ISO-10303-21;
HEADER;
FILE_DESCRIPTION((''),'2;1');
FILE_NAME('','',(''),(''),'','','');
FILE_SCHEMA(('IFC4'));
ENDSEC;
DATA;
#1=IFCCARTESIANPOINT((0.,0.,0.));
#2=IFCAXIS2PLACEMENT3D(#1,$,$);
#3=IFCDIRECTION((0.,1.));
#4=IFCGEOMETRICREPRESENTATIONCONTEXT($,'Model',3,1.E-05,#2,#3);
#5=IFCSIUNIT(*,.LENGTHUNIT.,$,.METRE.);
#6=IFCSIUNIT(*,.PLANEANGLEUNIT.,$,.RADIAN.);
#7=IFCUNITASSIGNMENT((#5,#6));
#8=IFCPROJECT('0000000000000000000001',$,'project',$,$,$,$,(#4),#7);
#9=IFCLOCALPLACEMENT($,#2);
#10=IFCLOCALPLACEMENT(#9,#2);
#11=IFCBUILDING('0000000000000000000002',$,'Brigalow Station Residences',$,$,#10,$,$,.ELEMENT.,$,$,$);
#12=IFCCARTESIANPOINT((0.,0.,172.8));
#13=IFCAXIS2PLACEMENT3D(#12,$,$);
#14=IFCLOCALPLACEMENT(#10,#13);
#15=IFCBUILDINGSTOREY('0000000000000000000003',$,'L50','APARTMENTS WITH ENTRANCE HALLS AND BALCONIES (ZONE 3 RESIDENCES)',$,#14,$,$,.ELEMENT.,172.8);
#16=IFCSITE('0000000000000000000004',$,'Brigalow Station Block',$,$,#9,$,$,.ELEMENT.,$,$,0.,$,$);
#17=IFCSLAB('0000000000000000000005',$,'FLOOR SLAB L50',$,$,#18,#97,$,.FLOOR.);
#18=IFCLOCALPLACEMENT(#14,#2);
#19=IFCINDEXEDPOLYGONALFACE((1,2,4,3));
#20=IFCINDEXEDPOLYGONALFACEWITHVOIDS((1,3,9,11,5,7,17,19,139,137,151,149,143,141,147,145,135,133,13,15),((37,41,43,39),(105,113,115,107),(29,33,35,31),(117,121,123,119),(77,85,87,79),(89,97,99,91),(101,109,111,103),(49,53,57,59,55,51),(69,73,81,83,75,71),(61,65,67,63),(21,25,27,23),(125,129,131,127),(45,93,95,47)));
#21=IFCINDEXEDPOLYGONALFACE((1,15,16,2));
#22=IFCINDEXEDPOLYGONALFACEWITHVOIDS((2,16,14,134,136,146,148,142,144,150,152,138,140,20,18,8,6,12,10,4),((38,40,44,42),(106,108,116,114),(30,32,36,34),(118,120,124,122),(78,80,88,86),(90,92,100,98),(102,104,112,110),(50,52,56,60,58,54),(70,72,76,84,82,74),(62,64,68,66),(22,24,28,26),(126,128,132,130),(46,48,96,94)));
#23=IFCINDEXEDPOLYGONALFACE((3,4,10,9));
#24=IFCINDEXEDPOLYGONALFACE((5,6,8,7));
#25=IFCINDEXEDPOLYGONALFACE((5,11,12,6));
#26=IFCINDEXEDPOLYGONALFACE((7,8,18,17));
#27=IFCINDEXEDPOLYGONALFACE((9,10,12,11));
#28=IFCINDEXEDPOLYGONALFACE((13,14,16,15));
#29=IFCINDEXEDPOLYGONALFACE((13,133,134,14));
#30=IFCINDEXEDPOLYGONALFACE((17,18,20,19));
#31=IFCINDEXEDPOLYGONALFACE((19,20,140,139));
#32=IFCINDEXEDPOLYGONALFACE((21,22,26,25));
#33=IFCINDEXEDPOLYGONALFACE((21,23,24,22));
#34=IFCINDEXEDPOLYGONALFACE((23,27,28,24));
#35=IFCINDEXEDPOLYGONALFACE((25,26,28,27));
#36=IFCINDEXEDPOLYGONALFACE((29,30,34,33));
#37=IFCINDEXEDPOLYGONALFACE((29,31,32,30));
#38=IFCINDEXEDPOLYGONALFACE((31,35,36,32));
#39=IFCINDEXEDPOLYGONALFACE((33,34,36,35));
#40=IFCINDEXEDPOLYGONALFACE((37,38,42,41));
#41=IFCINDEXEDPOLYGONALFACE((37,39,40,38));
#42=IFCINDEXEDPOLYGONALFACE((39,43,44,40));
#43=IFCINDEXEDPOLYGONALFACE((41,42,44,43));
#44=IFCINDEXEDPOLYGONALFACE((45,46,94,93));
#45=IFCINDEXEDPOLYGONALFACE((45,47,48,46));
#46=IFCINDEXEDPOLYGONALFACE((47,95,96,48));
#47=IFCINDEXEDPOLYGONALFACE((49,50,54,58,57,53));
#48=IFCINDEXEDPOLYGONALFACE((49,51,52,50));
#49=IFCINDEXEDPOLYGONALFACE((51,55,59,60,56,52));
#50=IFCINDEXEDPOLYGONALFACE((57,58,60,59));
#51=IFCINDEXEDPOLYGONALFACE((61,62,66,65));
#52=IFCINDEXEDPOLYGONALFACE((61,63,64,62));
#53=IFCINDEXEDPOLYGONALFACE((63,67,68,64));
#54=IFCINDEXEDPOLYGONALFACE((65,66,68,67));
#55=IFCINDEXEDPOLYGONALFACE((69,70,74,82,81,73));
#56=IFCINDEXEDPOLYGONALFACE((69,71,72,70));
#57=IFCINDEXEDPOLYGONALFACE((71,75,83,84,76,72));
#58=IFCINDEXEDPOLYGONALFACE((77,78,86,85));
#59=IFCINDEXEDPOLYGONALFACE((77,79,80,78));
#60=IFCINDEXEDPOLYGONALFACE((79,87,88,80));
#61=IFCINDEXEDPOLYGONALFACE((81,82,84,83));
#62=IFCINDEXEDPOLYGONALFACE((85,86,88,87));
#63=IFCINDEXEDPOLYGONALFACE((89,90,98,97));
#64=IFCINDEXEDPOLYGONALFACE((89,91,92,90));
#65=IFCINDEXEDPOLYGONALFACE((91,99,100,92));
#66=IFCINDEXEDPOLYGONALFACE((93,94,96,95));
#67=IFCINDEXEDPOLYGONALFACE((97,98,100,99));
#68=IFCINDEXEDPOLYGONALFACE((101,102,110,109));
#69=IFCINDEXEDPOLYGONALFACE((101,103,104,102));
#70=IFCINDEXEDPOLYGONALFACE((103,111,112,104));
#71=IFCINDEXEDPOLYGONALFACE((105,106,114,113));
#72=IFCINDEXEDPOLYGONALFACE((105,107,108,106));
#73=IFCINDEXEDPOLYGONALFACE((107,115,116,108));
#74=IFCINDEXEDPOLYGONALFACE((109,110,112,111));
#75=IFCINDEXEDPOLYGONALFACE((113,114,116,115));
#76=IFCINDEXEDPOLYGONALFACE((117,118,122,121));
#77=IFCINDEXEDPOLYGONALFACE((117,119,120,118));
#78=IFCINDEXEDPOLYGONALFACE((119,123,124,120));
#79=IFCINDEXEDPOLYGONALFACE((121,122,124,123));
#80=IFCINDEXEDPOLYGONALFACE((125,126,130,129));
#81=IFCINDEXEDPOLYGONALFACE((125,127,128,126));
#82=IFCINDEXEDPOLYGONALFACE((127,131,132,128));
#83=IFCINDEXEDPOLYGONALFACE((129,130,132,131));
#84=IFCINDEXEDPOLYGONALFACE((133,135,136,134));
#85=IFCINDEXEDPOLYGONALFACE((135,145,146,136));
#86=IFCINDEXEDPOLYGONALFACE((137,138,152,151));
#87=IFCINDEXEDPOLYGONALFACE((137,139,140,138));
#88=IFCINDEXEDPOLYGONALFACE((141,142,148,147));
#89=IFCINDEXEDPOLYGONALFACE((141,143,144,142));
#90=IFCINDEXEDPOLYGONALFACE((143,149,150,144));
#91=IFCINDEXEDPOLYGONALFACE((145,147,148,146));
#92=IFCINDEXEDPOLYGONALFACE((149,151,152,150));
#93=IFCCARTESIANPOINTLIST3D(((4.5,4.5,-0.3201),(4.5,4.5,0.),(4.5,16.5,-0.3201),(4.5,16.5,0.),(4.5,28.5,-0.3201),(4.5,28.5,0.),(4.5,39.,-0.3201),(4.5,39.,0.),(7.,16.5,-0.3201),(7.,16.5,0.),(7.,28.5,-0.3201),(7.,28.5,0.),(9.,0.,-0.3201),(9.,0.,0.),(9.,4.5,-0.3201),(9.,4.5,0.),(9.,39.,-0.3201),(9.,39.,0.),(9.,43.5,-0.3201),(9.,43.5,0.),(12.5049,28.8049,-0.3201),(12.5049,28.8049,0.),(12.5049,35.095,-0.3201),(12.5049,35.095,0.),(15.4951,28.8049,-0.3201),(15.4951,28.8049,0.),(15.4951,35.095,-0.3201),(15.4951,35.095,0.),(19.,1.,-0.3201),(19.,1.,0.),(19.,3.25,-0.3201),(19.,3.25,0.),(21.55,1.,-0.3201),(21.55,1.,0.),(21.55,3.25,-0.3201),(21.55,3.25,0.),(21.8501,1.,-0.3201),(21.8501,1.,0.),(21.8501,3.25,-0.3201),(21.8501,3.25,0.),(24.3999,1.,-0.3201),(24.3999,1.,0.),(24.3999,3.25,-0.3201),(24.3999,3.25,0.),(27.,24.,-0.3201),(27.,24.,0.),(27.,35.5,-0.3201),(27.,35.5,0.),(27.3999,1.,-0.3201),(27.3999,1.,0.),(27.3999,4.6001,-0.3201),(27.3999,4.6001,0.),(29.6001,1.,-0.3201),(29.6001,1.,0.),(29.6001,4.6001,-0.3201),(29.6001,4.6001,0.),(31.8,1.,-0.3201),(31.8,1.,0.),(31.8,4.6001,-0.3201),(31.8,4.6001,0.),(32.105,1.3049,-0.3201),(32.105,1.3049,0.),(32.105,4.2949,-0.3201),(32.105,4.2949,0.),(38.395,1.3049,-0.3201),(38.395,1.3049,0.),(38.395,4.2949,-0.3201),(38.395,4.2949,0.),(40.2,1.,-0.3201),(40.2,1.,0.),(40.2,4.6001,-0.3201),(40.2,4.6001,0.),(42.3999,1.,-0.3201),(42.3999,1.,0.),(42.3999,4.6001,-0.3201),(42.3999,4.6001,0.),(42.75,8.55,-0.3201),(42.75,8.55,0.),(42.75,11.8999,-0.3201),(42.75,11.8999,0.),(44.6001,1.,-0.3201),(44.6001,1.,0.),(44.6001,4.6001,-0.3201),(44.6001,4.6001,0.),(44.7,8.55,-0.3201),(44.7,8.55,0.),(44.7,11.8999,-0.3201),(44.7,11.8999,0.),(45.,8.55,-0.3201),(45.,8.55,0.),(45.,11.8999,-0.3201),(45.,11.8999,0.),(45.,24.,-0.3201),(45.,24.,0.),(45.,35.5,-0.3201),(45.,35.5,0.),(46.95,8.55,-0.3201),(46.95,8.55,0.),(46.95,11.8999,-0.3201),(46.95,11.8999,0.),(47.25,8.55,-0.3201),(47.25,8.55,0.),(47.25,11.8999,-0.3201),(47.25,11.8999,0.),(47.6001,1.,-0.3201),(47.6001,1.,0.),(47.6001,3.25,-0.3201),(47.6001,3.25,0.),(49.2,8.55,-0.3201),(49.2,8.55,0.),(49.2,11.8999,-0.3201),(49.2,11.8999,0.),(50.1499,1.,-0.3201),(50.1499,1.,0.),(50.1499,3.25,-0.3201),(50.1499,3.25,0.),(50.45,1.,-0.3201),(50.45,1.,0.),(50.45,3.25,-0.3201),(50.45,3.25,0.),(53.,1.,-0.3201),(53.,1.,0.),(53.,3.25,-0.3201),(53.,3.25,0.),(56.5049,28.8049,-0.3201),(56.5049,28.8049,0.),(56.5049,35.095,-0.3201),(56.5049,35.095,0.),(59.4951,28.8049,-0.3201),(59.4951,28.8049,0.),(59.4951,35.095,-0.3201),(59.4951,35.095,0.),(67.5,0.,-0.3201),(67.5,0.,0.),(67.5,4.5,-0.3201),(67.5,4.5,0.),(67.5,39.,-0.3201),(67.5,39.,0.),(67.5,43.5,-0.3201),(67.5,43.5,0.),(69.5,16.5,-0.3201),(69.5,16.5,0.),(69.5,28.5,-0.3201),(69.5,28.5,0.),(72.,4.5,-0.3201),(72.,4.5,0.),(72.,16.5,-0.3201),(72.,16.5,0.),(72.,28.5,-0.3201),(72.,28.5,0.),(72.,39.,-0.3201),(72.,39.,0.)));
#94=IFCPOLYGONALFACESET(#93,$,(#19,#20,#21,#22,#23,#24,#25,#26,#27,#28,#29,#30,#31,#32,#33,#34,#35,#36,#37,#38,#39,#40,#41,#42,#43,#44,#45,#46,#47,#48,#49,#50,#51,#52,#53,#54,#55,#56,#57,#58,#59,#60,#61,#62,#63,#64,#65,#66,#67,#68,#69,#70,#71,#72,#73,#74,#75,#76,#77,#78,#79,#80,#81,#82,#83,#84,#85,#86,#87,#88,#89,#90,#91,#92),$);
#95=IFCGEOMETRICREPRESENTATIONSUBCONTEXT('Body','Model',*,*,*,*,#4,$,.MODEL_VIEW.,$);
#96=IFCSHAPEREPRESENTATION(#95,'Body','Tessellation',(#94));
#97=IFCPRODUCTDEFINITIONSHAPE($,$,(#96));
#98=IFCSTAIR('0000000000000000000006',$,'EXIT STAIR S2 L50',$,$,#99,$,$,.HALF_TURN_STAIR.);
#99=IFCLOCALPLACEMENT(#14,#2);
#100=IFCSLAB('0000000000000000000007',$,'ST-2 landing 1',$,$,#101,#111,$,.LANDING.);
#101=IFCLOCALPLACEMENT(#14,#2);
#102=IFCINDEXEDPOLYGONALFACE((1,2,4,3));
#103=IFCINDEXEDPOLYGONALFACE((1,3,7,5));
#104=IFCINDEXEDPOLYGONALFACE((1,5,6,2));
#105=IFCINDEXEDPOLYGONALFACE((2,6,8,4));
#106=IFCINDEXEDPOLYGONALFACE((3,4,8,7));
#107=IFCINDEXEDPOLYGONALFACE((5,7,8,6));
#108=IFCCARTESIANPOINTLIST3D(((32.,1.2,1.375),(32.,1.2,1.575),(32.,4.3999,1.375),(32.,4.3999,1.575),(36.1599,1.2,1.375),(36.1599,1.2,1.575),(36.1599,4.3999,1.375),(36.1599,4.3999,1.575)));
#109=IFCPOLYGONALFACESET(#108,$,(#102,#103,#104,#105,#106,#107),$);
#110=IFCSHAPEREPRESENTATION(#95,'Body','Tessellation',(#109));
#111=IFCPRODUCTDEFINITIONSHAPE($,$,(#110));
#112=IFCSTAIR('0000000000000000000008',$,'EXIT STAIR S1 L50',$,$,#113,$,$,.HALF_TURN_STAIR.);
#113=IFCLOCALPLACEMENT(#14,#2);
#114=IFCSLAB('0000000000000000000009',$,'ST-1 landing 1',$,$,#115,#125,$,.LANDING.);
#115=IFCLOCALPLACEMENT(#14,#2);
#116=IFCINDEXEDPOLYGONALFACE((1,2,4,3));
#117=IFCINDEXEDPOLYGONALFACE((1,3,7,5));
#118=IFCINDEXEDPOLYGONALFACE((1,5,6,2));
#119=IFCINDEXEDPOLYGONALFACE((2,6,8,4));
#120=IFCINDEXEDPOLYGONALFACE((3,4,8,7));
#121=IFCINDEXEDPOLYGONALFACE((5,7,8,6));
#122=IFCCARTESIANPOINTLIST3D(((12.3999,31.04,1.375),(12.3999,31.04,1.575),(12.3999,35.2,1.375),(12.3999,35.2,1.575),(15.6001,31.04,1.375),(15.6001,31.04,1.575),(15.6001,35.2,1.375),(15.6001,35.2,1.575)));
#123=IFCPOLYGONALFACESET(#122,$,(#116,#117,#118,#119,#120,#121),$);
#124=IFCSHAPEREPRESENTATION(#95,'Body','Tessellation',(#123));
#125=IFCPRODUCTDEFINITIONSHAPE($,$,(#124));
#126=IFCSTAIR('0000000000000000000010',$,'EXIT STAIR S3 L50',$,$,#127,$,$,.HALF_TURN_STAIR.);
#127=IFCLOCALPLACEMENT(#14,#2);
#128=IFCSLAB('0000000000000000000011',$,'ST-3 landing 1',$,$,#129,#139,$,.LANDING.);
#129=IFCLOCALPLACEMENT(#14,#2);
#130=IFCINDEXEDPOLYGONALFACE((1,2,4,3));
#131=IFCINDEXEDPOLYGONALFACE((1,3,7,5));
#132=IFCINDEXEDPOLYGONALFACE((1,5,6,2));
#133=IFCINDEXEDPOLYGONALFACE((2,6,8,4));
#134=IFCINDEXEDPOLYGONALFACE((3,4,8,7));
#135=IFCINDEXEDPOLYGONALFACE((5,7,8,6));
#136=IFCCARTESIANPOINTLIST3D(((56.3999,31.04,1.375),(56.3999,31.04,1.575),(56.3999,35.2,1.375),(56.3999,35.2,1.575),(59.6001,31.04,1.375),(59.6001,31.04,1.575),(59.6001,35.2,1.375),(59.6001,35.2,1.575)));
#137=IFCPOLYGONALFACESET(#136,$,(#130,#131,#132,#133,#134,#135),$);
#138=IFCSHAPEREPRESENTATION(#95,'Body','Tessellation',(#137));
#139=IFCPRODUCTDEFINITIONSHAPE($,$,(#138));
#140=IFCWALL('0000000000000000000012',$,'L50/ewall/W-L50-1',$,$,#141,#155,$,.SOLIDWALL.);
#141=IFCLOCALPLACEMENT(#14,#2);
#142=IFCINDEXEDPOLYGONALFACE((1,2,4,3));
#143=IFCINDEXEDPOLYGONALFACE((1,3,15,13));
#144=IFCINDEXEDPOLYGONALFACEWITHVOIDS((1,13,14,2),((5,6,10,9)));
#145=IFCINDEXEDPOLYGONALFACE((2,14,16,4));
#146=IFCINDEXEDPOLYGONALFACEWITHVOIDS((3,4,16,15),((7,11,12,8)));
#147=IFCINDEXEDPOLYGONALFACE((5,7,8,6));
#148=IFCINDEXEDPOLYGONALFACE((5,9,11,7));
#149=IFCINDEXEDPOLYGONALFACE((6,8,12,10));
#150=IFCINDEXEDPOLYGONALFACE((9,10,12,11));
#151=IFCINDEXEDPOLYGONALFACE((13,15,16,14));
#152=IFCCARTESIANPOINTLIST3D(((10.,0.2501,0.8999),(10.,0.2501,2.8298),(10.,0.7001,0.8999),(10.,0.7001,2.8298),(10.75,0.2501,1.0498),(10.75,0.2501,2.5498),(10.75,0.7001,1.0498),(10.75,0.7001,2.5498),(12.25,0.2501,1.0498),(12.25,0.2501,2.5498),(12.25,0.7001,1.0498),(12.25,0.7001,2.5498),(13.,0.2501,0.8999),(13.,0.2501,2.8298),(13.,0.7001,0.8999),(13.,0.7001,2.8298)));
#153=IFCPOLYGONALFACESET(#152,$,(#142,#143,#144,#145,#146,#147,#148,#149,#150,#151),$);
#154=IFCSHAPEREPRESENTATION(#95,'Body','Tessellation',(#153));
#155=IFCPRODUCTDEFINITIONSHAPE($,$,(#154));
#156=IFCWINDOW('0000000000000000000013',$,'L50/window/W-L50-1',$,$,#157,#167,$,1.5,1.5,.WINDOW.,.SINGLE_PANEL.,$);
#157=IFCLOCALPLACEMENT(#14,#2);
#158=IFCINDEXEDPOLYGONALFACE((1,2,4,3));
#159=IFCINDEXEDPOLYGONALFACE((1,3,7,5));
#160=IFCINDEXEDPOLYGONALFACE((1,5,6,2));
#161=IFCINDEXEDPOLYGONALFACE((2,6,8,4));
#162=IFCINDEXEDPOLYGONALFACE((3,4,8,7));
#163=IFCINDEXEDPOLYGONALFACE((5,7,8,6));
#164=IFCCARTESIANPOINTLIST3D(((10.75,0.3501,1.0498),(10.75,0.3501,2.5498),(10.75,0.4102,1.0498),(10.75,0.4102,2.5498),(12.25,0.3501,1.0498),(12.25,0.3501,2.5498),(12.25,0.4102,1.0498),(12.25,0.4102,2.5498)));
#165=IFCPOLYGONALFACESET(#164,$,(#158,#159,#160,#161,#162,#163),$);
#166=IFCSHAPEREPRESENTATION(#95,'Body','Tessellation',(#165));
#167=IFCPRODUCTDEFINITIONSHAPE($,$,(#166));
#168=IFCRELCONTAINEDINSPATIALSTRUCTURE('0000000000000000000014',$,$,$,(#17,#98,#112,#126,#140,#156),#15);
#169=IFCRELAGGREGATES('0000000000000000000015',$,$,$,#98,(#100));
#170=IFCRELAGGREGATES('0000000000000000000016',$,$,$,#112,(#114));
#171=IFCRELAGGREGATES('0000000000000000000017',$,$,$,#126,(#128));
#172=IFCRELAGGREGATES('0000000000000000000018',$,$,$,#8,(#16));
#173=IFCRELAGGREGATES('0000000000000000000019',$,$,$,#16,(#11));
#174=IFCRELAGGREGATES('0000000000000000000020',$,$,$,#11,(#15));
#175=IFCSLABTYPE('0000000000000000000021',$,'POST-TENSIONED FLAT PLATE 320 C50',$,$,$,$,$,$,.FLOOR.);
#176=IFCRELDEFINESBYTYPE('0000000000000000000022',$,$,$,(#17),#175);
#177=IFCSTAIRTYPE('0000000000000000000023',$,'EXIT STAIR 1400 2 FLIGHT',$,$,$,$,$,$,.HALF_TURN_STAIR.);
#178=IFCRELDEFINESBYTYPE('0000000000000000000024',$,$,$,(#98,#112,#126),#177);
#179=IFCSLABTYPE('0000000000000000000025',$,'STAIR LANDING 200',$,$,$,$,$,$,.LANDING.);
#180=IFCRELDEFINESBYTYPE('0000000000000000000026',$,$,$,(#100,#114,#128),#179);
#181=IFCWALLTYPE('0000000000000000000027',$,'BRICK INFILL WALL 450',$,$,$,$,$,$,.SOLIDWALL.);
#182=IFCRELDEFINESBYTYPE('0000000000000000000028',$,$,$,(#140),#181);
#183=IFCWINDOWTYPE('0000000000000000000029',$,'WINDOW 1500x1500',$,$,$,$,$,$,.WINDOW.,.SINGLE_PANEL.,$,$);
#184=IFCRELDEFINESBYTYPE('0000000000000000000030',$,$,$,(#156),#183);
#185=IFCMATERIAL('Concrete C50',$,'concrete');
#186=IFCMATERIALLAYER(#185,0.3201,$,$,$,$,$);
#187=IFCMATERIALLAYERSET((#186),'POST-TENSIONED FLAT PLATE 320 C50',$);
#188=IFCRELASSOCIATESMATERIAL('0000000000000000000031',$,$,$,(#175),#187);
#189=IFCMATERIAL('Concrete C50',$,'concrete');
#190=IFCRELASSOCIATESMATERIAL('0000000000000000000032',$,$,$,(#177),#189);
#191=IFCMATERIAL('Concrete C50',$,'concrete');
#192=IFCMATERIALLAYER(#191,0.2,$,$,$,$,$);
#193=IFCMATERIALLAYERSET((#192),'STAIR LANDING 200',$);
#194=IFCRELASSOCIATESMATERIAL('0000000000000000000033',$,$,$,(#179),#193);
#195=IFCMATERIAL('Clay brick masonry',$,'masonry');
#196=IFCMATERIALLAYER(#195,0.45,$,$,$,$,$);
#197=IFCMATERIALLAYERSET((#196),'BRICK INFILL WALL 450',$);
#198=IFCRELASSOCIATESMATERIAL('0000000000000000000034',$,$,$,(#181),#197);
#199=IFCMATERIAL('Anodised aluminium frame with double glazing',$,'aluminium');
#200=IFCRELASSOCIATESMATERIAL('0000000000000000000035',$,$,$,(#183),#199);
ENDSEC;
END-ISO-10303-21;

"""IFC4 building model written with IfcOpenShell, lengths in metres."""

from ifc_helpers import new_model, si_unit, direction, frame, frame_2d, origin, place, context, subcontext, project, spatial, polyline, rectangle, outline, extrude, material, layer, layer_set, type_object, element, fill, aggregate, save


model = new_model("IFC4")

# Units and contexts
model_context = context("Model", 3, precision=1e-05, world=origin(), true_north=direction((0.0, 1.0)))
body_context = subcontext(model_context, "Body", "Model", "MODEL_VIEW")
ifc_project = project(units=[si_unit("LENGTHUNIT", "METRE"), si_unit("PLANEANGLEUNIT", "RADIAN")], contexts=[model_context])

# Site, building, storey
site_placement = place(None, origin())
site = spatial("IfcSite", under=ifc_project, at=site_placement, Name="Brigalow Station Block", CompositionType="ELEMENT", RefElevation=0.0)
building_placement = place(site_placement, origin())
building = spatial("IfcBuilding", under=site, at=building_placement, Name="Brigalow Station Residences", CompositionType="ELEMENT")
storey_placement = place(building_placement, frame((0.0, 0.0, 172.8)))
storey = spatial("IfcBuildingStorey", under=building, at=storey_placement, Name="L50", Description="APARTMENTS WITH ENTRANCE HALLS AND BALCONIES (ZONE 3 RESIDENCES)", CompositionType="ELEMENT", Elevation=172.8)

# Slab
ifc_material_1 = material(Name="Concrete C50", Category="concrete")
ifc_layer_1 = layer(ifc_material_1, 0.3201)
ifc_layer_set_1 = layer_set([ifc_layer_1], Name="POST-TENSIONED FLAT PLATE 320 C50")
slab_type_1 = type_object("IfcSlabType", Name="POST-TENSIONED FLAT PLATE 320 C50", PredefinedType="FLOOR", material=ifc_layer_set_1)
slab_1_placement = place(storey_placement, frame((0.0, 0.0, -0.3201)))
element("IfcSlab", 1, at=slab_1_placement, inside=storey, type_object=slab_type_1, Name="FLOOR SLAB L50", PredefinedType="FLOOR", context=body_context, shape_type="SweptSolid", body=[
    extrude(outline(polyline([(9.0, 0.0), (67.5, 0.0), (67.5, 4.5), (72.0, 4.5), (72.0, 16.5), (69.5, 16.5), (69.5, 28.5), (72.0, 28.5), (72.0, 39.0), (67.5, 39.0), (67.5, 43.5), (9.0, 43.5), (9.0, 39.0), (4.5, 39.0), (4.5, 28.5), (7.0, 28.5), (7.0, 16.5), (4.5, 16.5), (4.5, 4.5), (9.0, 4.5), (9.0, 0.0)]), holes=[polyline([(12.5049, 35.095), (15.4951, 35.095), (15.4951, 28.8049), (12.5049, 28.8049), (12.5049, 35.095)]), polyline([(19.0, 1.0), (19.0, 3.25), (21.55, 3.25), (21.55, 1.0), (19.0, 1.0)]), polyline([(21.8501, 3.25), (24.3999, 3.25), (24.3999, 1.0), (21.8501, 1.0), (21.8501, 3.25)]), polyline([(27.0, 35.5), (45.0, 35.5), (45.0, 24.0), (27.0, 24.0), (27.0, 35.5)]), polyline([(29.6001, 4.6001), (31.8, 4.6001), (31.8, 1.0), (29.6001, 1.0), (27.3999, 1.0), (27.3999, 4.6001), (29.6001, 4.6001)]), polyline([(32.105, 4.2949), (38.395, 4.2949), (38.395, 1.3049), (32.105, 1.3049), (32.105, 4.2949)]), polyline([(40.2, 4.6001), (42.3999, 4.6001), (44.6001, 4.6001), (44.6001, 1.0), (42.3999, 1.0), (40.2, 1.0), (40.2, 4.6001)]), polyline([(42.75, 11.8999), (44.7, 11.8999), (44.7, 8.55), (42.75, 8.55), (42.75, 11.8999)]), polyline([(45.0, 11.8999), (46.95, 11.8999), (46.95, 8.55), (45.0, 8.55), (45.0, 11.8999)]), polyline([(47.25, 11.8999), (49.2, 11.8999), (49.2, 8.55), (47.25, 8.55), (47.25, 11.8999)]), polyline([(47.6001, 3.25), (50.1499, 3.25), (50.1499, 1.0), (47.6001, 1.0), (47.6001, 3.25)]), polyline([(50.45, 3.25), (53.0, 3.25), (53.0, 1.0), (50.45, 1.0), (50.45, 3.25)]), polyline([(56.5049, 35.095), (59.4951, 35.095), (59.4951, 28.8049), (56.5049, 28.8049), (56.5049, 35.095)])]), origin(), (0.0, 0.0, 1.0), 0.3201),
])

# Stairs, slabs
ifc_material_2 = material(Name="Concrete C50", Category="concrete")
stair_type = type_object("IfcStairType", Name="EXIT STAIR 1400 2 FLIGHT", PredefinedType="HALF_TURN_STAIR", material=ifc_material_2)
stair_1_placement = place(storey_placement, origin())
stair_1 = element("IfcStair", 2, at=stair_1_placement, inside=storey, type_object=stair_type, Name="EXIT STAIR S2 L50", PredefinedType="HALF_TURN_STAIR")
ifc_material_3 = material(Name="Concrete C50", Category="concrete")
ifc_layer_2 = layer(ifc_material_3, 0.2)
ifc_layer_set_2 = layer_set([ifc_layer_2], Name="STAIR LANDING 200")
slab_type_2 = type_object("IfcSlabType", Name="STAIR LANDING 200", PredefinedType="LANDING", material=ifc_layer_set_2)
slab_2_placement = place(storey_placement, frame((0.0, 0.0, 1.375)))
slab_2 = element("IfcSlab", 3, at=slab_2_placement, type_object=slab_type_2, Name="ST-2 landing 1", PredefinedType="LANDING", context=body_context, shape_type="SweptSolid", body=[
    extrude(outline(polyline([(32.0, 1.2), (36.1599, 1.2), (36.1599, 4.3999), (32.0, 4.3999), (32.0, 1.2)])), origin(), (0.0, 0.0, 1.0), 0.2),
])
aggregate(stair_1, [slab_2])
stair_2_placement = place(storey_placement, origin())
stair_2 = element("IfcStair", 4, at=stair_2_placement, inside=storey, type_object=stair_type, Name="EXIT STAIR S1 L50", PredefinedType="HALF_TURN_STAIR")
slab_3_placement = place(storey_placement, frame((0.0, 0.0, 1.375)))
slab_3 = element("IfcSlab", 5, at=slab_3_placement, type_object=slab_type_2, Name="ST-1 landing 1", PredefinedType="LANDING", context=body_context, shape_type="SweptSolid", body=[
    extrude(outline(polyline([(12.3999, 31.04), (15.6001, 31.04), (15.6001, 35.2), (12.3999, 35.2), (12.3999, 31.04)])), origin(), (0.0, 0.0, 1.0), 0.2),
])
aggregate(stair_2, [slab_3])
stair_3_placement = place(storey_placement, origin())
stair_3 = element("IfcStair", 6, at=stair_3_placement, inside=storey, type_object=stair_type, Name="EXIT STAIR S3 L50", PredefinedType="HALF_TURN_STAIR")
slab_4_placement = place(storey_placement, frame((0.0, 0.0, 1.375)))
slab_4 = element("IfcSlab", 7, at=slab_4_placement, type_object=slab_type_2, Name="ST-3 landing 1", PredefinedType="LANDING", context=body_context, shape_type="SweptSolid", body=[
    extrude(outline(polyline([(56.3999, 31.04), (59.6001, 31.04), (59.6001, 35.2), (56.3999, 35.2), (56.3999, 31.04)])), origin(), (0.0, 0.0, 1.0), 0.2),
])
aggregate(stair_3, [slab_4])

# Wall, opening, window
ifc_material_4 = material(Name="Clay brick masonry", Category="masonry")
ifc_layer_3 = layer(ifc_material_4, 0.45)
ifc_layer_set_3 = layer_set([ifc_layer_3], Name="BRICK INFILL WALL 450")
wall_type_1 = type_object("IfcWallType", Name="BRICK INFILL WALL 450", PredefinedType="SOLIDWALL", material=ifc_layer_set_3)
wall_1_placement = place(storey_placement, frame((10.0, 0.4751, 0.8999), z_axis=(0.0, 0.0, 1.0), x_axis=(1.0, 0.0, 0.0)))
wall_1 = element("IfcWall", 8, at=wall_1_placement, inside=storey, type_object=wall_type_1, Name="L50/ewall/W-L50-1", PredefinedType="SOLIDWALL", context=body_context, shape_type="SweptSolid", body=[
    extrude(rectangle(XDim=3.0, YDim=0.45, at=frame_2d((1.5, 0.0))), origin(), (0.0, 0.0, 1.0), 1.9299),
])
opening_1_placement = place(wall_1_placement, frame((0.75, 0.0, 0.1499)))
opening_1 = element("IfcOpeningElement", 9, at=opening_1_placement, cuts=wall_1, PredefinedType="OPENING", context=body_context, shape_type="SweptSolid", body=[
    extrude(rectangle(XDim=1.5, YDim=1.5, at=frame_2d((0.75, 0.75))), frame((0.0, 0.2349, 0.0), z_axis=(0.0, -1.0, 0.0), x_axis=(1.0, 0.0, 0.0)), (0.0, 0.0, 1.0), 0.47),
])
ifc_material_5 = material(Name="Anodised aluminium frame with double glazing", Category="aluminium")
window_type_1 = type_object("IfcWindowType", Name="WINDOW 1500x1500", PartitioningType="SINGLE_PANEL", PredefinedType="WINDOW", material=ifc_material_5)
window_1_placement = place(opening_1_placement, origin())
window_1 = element("IfcWindow", 10, at=window_1_placement, inside=storey, type_object=window_type_1, Name="L50/window/W-L50-1", OverallHeight=1.5, OverallWidth=1.5, PartitioningType="SINGLE_PANEL", PredefinedType="WINDOW", context=body_context, shape_type="SweptSolid", body=[
    extrude(rectangle(XDim=1.5, YDim=1.5, at=frame_2d((0.75, 0.75))), frame((0.0, -0.0649, 0.0), z_axis=(0.0, -1.0, 0.0), x_axis=(1.0, 0.0, 0.0)), (0.0, 0.0, 1.0), 0.0601),
])
fill(opening_1, window_1)

save(model, "model.ifc")
